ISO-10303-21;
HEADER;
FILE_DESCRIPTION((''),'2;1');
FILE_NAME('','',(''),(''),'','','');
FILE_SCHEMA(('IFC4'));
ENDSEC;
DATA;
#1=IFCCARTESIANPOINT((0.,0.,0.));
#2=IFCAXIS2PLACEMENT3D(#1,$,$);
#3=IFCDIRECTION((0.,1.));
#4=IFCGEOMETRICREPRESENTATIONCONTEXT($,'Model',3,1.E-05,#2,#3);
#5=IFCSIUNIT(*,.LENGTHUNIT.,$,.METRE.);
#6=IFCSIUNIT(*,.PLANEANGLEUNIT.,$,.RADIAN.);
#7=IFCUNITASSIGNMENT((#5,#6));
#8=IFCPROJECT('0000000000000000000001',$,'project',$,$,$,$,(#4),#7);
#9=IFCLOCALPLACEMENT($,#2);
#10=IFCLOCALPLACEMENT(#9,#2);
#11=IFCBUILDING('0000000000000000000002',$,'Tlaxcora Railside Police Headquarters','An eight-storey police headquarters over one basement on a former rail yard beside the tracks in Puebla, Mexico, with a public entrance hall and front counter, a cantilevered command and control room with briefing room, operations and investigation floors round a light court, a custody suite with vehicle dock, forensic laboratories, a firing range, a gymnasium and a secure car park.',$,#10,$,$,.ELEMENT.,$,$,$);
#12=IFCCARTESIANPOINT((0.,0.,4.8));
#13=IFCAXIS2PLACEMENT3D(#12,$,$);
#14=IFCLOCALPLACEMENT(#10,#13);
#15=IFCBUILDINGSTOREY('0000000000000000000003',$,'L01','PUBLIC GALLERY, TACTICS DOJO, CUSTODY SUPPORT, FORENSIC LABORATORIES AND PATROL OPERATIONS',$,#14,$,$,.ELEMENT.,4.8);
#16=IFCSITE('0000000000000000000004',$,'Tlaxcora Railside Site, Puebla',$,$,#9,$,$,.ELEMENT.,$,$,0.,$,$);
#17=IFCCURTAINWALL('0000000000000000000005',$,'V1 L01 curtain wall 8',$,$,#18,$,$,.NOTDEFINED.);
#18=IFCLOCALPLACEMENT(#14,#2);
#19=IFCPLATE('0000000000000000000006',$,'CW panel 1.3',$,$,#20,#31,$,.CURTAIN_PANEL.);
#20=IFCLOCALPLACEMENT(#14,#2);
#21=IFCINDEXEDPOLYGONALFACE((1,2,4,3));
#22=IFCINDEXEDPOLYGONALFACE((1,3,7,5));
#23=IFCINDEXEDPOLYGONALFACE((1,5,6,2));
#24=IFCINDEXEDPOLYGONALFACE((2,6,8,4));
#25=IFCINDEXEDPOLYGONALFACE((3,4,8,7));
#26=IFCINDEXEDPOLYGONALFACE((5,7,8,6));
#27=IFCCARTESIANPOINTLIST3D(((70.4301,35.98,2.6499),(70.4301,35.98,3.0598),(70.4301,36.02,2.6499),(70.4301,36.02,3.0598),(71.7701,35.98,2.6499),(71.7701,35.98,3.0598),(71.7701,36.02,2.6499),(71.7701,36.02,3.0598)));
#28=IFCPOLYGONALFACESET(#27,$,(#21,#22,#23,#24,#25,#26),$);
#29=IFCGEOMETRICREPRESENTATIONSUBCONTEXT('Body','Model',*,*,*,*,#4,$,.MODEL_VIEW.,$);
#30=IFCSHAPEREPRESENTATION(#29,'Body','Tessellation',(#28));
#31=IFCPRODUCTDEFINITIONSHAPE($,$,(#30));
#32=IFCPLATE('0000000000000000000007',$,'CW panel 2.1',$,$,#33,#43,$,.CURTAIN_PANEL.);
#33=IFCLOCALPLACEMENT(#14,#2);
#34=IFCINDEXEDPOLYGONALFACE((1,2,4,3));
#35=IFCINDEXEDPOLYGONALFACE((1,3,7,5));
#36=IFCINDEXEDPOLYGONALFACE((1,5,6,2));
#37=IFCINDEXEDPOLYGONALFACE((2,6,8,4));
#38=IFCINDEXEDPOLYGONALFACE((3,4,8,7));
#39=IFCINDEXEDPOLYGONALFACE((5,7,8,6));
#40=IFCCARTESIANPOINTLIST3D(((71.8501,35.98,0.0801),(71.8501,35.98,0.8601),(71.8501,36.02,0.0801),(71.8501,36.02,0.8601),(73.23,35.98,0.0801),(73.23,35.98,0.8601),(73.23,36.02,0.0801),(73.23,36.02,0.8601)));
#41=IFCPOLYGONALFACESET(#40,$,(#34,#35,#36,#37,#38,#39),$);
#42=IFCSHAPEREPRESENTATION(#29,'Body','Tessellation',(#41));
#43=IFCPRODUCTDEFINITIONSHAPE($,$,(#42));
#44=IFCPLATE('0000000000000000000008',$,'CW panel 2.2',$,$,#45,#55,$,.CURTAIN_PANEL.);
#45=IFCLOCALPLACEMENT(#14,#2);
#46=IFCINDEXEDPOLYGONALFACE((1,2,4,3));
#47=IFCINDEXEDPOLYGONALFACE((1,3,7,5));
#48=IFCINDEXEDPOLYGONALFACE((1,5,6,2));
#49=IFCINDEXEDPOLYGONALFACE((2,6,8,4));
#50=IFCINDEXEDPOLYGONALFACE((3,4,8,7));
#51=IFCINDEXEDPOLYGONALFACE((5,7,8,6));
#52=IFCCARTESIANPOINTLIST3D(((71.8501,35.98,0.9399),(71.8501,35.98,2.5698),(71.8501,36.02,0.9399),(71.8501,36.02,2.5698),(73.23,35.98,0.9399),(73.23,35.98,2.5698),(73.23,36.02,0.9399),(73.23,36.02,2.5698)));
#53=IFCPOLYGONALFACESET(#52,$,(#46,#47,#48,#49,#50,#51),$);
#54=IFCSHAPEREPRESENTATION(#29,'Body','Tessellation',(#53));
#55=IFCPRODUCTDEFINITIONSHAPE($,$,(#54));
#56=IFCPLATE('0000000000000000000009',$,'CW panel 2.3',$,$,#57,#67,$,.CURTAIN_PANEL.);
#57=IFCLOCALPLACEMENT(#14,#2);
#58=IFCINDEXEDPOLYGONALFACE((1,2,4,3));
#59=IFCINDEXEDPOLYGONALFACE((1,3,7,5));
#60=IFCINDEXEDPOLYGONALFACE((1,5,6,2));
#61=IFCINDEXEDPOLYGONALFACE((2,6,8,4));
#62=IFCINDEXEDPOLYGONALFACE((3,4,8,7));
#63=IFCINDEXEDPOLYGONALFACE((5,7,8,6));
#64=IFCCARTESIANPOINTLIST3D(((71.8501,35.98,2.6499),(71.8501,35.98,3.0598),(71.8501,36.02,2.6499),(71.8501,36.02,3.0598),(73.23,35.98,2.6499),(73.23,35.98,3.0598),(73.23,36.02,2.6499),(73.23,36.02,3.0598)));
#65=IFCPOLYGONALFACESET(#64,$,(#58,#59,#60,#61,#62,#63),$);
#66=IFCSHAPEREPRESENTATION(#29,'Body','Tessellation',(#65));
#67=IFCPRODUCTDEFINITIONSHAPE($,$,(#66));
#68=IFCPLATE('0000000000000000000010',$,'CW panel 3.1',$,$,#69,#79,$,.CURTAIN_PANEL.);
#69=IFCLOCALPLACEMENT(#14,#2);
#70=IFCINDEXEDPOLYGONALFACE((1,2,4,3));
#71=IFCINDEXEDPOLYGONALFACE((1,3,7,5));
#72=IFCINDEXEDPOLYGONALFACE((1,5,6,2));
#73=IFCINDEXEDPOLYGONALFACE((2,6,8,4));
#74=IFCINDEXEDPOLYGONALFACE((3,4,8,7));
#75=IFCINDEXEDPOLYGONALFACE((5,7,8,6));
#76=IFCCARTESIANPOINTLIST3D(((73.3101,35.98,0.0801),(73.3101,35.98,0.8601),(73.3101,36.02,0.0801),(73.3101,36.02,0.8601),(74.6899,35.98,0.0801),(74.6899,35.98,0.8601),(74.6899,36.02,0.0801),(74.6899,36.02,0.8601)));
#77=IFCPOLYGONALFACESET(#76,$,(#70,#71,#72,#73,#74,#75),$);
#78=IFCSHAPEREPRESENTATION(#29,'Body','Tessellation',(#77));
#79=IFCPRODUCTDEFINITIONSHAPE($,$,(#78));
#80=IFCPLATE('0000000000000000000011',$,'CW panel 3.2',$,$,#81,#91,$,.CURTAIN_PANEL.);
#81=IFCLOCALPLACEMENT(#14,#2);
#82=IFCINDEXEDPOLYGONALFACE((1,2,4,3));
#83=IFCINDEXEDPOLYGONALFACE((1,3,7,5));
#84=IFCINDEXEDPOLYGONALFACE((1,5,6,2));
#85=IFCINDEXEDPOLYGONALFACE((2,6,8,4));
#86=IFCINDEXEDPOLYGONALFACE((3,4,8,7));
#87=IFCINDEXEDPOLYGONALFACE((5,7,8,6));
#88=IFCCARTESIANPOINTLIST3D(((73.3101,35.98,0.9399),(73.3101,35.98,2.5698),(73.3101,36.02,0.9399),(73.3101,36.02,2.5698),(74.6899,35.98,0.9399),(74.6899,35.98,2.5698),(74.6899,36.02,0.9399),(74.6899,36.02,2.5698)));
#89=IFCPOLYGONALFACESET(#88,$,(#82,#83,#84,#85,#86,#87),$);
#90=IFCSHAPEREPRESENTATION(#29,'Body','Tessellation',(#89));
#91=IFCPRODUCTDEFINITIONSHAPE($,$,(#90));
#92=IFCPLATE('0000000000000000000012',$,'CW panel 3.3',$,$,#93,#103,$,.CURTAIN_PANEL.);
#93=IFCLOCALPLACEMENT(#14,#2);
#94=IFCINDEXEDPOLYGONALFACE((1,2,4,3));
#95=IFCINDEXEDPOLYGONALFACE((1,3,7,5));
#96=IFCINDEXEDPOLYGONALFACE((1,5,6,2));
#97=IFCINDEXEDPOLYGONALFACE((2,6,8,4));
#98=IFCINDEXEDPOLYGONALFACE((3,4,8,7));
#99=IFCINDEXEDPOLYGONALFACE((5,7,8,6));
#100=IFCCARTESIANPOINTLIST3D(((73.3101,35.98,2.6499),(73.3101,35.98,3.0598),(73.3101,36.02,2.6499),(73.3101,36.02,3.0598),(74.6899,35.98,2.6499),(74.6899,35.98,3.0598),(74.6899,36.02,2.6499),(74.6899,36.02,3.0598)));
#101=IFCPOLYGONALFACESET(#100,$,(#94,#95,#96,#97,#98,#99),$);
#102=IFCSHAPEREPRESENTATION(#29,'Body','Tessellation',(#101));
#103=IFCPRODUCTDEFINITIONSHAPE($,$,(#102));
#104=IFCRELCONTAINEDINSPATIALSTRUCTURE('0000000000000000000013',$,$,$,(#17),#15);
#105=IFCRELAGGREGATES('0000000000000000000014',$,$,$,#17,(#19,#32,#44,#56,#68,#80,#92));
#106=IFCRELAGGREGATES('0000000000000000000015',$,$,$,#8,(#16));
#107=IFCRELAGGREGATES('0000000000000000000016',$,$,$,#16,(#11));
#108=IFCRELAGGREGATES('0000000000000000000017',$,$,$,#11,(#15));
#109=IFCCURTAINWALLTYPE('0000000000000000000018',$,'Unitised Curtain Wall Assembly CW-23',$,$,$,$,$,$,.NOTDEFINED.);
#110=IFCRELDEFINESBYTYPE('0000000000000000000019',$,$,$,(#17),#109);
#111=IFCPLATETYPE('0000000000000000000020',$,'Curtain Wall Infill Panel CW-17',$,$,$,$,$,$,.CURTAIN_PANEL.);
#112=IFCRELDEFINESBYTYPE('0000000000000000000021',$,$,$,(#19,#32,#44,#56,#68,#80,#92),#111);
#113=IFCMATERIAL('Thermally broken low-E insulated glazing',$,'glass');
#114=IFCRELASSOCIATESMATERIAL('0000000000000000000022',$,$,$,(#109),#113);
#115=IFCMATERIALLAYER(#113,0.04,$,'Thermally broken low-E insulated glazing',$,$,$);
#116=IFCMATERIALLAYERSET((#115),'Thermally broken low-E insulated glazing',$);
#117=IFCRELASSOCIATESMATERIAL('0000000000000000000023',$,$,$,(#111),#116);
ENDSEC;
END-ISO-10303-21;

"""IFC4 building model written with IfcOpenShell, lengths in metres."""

from ifc_helpers import new_model, si_unit, direction, frame, origin, origin_2d, place, context, subcontext, project, spatial, rectangle, extrude, material, layer, layer_set, type_object, element, aggregate, save


model = new_model("IFC4")

# Units and contexts
model_context = context("Model", 3, precision=1e-05, world=origin(), true_north=direction((0.0, 1.0)))
body_context = subcontext(model_context, "Body", "Model", "MODEL_VIEW")
ifc_project = project(units=[si_unit("LENGTHUNIT", "METRE"), si_unit("PLANEANGLEUNIT", "RADIAN")], contexts=[model_context])

# Site, building, storey
site_placement = place(None, origin())
site = spatial("IfcSite", under=ifc_project, at=site_placement, Name="Tlaxcora Railside Site, Puebla", CompositionType="ELEMENT", RefElevation=0.0)
building_placement = place(site_placement, origin())
building = spatial("IfcBuilding", under=site, at=building_placement, Name="Tlaxcora Railside Police Headquarters", Description="An eight-storey police headquarters over one basement on a former rail yard beside the tracks in Puebla, Mexico, with a public entrance hall and front counter, a cantilevered command and control room with briefing room, operations and investigation floors round a light court, a custody suite with vehicle dock, forensic laboratories, a firing range, a gymnasium and a secure car park.", CompositionType="ELEMENT")
storey_placement = place(building_placement, frame((0.0, 0.0, 4.8)))
storey = spatial("IfcBuildingStorey", under=building, at=storey_placement, Name="L01", Description="PUBLIC GALLERY, TACTICS DOJO, CUSTODY SUPPORT, FORENSIC LABORATORIES AND PATROL OPERATIONS", CompositionType="ELEMENT", Elevation=4.8)

# Curtain wall, plates
ifc_material_1 = material(Name="Thermally broken low-E insulated glazing", Category="glass")
curtain_wall_type = type_object("IfcCurtainWallType", Name="Unitised Curtain Wall Assembly CW-23", PredefinedType="NOTDEFINED", material=ifc_material_1)
curtain_wall_placement = place(storey_placement, origin())
curtain_wall = element("IfcCurtainWall", 1, at=curtain_wall_placement, inside=storey, type_object=curtain_wall_type, Name="V1 L01 curtain wall 8", PredefinedType="NOTDEFINED")
ifc_layer = layer(ifc_material_1, 0.04, Name="Thermally broken low-E insulated glazing")
ifc_layer_set = layer_set([ifc_layer], Name="Thermally broken low-E insulated glazing")
plate_type = type_object("IfcPlateType", Name="Curtain Wall Infill Panel CW-17", PredefinedType="CURTAIN_PANEL", material=ifc_layer_set)
plate_1_placement = place(storey_placement, frame((71.1001, 36.0, 2.6499), z_axis=(0.0, 0.0, 1.0), x_axis=(1.0, 0.0, 0.0)))
plate_1 = element("IfcPlate", 2, at=plate_1_placement, type_object=plate_type, Name="CW panel 1.3", PredefinedType="CURTAIN_PANEL", context=body_context, shape_type="SweptSolid", body=[
    extrude(rectangle(XDim=1.3401, YDim=0.04, at=origin_2d()), origin(), (0.0, 0.0, 1.0), 0.4099),
])
plate_2_placement = place(storey_placement, frame((72.54, 36.0, 0.0801), z_axis=(0.0, 0.0, 1.0), x_axis=(1.0, 0.0, 0.0)))
plate_2 = element("IfcPlate", 3, at=plate_2_placement, type_object=plate_type, Name="CW panel 2.1", PredefinedType="CURTAIN_PANEL", context=body_context, shape_type="SweptSolid", body=[
    extrude(rectangle(XDim=1.3799, YDim=0.04, at=origin_2d()), origin(), (0.0, 0.0, 1.0), 0.78),
])
plate_3_placement = place(storey_placement, frame((72.54, 36.0, 0.9399), z_axis=(0.0, 0.0, 1.0), x_axis=(1.0, 0.0, 0.0)))
plate_3 = element("IfcPlate", 4, at=plate_3_placement, type_object=plate_type, Name="CW panel 2.2", PredefinedType="CURTAIN_PANEL", context=body_context, shape_type="SweptSolid", body=[
    extrude(rectangle(XDim=1.3799, YDim=0.04, at=origin_2d()), origin(), (0.0, 0.0, 1.0), 1.6299),
])
plate_4_placement = place(storey_placement, frame((72.54, 36.0, 2.6499), z_axis=(0.0, 0.0, 1.0), x_axis=(1.0, 0.0, 0.0)))
plate_4 = element("IfcPlate", 5, at=plate_4_placement, type_object=plate_type, Name="CW panel 2.3", PredefinedType="CURTAIN_PANEL", context=body_context, shape_type="SweptSolid", body=[
    extrude(rectangle(XDim=1.3799, YDim=0.04, at=origin_2d()), origin(), (0.0, 0.0, 1.0), 0.4099),
])
plate_5_placement = place(storey_placement, frame((74.0, 36.0, 0.0801), z_axis=(0.0, 0.0, 1.0), x_axis=(1.0, 0.0, 0.0)))
plate_5 = element("IfcPlate", 6, at=plate_5_placement, type_object=plate_type, Name="CW panel 3.1", PredefinedType="CURTAIN_PANEL", context=body_context, shape_type="SweptSolid", body=[
    extrude(rectangle(XDim=1.3799, YDim=0.04, at=origin_2d()), origin(), (0.0, 0.0, 1.0), 0.78),
])
plate_6_placement = place(storey_placement, frame((74.0, 36.0, 0.9399), z_axis=(0.0, 0.0, 1.0), x_axis=(1.0, 0.0, 0.0)))
plate_6 = element("IfcPlate", 7, at=plate_6_placement, type_object=plate_type, Name="CW panel 3.2", PredefinedType="CURTAIN_PANEL", context=body_context, shape_type="SweptSolid", body=[
    extrude(rectangle(XDim=1.3799, YDim=0.04, at=origin_2d()), origin(), (0.0, 0.0, 1.0), 1.6299),
])
plate_7_placement = place(storey_placement, frame((74.0, 36.0, 2.6499), z_axis=(0.0, 0.0, 1.0), x_axis=(1.0, 0.0, 0.0)))
plate_7 = element("IfcPlate", 8, at=plate_7_placement, type_object=plate_type, Name="CW panel 3.3", PredefinedType="CURTAIN_PANEL", context=body_context, shape_type="SweptSolid", body=[
    extrude(rectangle(XDim=1.3799, YDim=0.04, at=origin_2d()), origin(), (0.0, 0.0, 1.0), 0.4099),
])
aggregate(curtain_wall, [plate_1, plate_2, plate_3, plate_4, plate_5, plate_6, plate_7])

save(model, "model.ifc")
